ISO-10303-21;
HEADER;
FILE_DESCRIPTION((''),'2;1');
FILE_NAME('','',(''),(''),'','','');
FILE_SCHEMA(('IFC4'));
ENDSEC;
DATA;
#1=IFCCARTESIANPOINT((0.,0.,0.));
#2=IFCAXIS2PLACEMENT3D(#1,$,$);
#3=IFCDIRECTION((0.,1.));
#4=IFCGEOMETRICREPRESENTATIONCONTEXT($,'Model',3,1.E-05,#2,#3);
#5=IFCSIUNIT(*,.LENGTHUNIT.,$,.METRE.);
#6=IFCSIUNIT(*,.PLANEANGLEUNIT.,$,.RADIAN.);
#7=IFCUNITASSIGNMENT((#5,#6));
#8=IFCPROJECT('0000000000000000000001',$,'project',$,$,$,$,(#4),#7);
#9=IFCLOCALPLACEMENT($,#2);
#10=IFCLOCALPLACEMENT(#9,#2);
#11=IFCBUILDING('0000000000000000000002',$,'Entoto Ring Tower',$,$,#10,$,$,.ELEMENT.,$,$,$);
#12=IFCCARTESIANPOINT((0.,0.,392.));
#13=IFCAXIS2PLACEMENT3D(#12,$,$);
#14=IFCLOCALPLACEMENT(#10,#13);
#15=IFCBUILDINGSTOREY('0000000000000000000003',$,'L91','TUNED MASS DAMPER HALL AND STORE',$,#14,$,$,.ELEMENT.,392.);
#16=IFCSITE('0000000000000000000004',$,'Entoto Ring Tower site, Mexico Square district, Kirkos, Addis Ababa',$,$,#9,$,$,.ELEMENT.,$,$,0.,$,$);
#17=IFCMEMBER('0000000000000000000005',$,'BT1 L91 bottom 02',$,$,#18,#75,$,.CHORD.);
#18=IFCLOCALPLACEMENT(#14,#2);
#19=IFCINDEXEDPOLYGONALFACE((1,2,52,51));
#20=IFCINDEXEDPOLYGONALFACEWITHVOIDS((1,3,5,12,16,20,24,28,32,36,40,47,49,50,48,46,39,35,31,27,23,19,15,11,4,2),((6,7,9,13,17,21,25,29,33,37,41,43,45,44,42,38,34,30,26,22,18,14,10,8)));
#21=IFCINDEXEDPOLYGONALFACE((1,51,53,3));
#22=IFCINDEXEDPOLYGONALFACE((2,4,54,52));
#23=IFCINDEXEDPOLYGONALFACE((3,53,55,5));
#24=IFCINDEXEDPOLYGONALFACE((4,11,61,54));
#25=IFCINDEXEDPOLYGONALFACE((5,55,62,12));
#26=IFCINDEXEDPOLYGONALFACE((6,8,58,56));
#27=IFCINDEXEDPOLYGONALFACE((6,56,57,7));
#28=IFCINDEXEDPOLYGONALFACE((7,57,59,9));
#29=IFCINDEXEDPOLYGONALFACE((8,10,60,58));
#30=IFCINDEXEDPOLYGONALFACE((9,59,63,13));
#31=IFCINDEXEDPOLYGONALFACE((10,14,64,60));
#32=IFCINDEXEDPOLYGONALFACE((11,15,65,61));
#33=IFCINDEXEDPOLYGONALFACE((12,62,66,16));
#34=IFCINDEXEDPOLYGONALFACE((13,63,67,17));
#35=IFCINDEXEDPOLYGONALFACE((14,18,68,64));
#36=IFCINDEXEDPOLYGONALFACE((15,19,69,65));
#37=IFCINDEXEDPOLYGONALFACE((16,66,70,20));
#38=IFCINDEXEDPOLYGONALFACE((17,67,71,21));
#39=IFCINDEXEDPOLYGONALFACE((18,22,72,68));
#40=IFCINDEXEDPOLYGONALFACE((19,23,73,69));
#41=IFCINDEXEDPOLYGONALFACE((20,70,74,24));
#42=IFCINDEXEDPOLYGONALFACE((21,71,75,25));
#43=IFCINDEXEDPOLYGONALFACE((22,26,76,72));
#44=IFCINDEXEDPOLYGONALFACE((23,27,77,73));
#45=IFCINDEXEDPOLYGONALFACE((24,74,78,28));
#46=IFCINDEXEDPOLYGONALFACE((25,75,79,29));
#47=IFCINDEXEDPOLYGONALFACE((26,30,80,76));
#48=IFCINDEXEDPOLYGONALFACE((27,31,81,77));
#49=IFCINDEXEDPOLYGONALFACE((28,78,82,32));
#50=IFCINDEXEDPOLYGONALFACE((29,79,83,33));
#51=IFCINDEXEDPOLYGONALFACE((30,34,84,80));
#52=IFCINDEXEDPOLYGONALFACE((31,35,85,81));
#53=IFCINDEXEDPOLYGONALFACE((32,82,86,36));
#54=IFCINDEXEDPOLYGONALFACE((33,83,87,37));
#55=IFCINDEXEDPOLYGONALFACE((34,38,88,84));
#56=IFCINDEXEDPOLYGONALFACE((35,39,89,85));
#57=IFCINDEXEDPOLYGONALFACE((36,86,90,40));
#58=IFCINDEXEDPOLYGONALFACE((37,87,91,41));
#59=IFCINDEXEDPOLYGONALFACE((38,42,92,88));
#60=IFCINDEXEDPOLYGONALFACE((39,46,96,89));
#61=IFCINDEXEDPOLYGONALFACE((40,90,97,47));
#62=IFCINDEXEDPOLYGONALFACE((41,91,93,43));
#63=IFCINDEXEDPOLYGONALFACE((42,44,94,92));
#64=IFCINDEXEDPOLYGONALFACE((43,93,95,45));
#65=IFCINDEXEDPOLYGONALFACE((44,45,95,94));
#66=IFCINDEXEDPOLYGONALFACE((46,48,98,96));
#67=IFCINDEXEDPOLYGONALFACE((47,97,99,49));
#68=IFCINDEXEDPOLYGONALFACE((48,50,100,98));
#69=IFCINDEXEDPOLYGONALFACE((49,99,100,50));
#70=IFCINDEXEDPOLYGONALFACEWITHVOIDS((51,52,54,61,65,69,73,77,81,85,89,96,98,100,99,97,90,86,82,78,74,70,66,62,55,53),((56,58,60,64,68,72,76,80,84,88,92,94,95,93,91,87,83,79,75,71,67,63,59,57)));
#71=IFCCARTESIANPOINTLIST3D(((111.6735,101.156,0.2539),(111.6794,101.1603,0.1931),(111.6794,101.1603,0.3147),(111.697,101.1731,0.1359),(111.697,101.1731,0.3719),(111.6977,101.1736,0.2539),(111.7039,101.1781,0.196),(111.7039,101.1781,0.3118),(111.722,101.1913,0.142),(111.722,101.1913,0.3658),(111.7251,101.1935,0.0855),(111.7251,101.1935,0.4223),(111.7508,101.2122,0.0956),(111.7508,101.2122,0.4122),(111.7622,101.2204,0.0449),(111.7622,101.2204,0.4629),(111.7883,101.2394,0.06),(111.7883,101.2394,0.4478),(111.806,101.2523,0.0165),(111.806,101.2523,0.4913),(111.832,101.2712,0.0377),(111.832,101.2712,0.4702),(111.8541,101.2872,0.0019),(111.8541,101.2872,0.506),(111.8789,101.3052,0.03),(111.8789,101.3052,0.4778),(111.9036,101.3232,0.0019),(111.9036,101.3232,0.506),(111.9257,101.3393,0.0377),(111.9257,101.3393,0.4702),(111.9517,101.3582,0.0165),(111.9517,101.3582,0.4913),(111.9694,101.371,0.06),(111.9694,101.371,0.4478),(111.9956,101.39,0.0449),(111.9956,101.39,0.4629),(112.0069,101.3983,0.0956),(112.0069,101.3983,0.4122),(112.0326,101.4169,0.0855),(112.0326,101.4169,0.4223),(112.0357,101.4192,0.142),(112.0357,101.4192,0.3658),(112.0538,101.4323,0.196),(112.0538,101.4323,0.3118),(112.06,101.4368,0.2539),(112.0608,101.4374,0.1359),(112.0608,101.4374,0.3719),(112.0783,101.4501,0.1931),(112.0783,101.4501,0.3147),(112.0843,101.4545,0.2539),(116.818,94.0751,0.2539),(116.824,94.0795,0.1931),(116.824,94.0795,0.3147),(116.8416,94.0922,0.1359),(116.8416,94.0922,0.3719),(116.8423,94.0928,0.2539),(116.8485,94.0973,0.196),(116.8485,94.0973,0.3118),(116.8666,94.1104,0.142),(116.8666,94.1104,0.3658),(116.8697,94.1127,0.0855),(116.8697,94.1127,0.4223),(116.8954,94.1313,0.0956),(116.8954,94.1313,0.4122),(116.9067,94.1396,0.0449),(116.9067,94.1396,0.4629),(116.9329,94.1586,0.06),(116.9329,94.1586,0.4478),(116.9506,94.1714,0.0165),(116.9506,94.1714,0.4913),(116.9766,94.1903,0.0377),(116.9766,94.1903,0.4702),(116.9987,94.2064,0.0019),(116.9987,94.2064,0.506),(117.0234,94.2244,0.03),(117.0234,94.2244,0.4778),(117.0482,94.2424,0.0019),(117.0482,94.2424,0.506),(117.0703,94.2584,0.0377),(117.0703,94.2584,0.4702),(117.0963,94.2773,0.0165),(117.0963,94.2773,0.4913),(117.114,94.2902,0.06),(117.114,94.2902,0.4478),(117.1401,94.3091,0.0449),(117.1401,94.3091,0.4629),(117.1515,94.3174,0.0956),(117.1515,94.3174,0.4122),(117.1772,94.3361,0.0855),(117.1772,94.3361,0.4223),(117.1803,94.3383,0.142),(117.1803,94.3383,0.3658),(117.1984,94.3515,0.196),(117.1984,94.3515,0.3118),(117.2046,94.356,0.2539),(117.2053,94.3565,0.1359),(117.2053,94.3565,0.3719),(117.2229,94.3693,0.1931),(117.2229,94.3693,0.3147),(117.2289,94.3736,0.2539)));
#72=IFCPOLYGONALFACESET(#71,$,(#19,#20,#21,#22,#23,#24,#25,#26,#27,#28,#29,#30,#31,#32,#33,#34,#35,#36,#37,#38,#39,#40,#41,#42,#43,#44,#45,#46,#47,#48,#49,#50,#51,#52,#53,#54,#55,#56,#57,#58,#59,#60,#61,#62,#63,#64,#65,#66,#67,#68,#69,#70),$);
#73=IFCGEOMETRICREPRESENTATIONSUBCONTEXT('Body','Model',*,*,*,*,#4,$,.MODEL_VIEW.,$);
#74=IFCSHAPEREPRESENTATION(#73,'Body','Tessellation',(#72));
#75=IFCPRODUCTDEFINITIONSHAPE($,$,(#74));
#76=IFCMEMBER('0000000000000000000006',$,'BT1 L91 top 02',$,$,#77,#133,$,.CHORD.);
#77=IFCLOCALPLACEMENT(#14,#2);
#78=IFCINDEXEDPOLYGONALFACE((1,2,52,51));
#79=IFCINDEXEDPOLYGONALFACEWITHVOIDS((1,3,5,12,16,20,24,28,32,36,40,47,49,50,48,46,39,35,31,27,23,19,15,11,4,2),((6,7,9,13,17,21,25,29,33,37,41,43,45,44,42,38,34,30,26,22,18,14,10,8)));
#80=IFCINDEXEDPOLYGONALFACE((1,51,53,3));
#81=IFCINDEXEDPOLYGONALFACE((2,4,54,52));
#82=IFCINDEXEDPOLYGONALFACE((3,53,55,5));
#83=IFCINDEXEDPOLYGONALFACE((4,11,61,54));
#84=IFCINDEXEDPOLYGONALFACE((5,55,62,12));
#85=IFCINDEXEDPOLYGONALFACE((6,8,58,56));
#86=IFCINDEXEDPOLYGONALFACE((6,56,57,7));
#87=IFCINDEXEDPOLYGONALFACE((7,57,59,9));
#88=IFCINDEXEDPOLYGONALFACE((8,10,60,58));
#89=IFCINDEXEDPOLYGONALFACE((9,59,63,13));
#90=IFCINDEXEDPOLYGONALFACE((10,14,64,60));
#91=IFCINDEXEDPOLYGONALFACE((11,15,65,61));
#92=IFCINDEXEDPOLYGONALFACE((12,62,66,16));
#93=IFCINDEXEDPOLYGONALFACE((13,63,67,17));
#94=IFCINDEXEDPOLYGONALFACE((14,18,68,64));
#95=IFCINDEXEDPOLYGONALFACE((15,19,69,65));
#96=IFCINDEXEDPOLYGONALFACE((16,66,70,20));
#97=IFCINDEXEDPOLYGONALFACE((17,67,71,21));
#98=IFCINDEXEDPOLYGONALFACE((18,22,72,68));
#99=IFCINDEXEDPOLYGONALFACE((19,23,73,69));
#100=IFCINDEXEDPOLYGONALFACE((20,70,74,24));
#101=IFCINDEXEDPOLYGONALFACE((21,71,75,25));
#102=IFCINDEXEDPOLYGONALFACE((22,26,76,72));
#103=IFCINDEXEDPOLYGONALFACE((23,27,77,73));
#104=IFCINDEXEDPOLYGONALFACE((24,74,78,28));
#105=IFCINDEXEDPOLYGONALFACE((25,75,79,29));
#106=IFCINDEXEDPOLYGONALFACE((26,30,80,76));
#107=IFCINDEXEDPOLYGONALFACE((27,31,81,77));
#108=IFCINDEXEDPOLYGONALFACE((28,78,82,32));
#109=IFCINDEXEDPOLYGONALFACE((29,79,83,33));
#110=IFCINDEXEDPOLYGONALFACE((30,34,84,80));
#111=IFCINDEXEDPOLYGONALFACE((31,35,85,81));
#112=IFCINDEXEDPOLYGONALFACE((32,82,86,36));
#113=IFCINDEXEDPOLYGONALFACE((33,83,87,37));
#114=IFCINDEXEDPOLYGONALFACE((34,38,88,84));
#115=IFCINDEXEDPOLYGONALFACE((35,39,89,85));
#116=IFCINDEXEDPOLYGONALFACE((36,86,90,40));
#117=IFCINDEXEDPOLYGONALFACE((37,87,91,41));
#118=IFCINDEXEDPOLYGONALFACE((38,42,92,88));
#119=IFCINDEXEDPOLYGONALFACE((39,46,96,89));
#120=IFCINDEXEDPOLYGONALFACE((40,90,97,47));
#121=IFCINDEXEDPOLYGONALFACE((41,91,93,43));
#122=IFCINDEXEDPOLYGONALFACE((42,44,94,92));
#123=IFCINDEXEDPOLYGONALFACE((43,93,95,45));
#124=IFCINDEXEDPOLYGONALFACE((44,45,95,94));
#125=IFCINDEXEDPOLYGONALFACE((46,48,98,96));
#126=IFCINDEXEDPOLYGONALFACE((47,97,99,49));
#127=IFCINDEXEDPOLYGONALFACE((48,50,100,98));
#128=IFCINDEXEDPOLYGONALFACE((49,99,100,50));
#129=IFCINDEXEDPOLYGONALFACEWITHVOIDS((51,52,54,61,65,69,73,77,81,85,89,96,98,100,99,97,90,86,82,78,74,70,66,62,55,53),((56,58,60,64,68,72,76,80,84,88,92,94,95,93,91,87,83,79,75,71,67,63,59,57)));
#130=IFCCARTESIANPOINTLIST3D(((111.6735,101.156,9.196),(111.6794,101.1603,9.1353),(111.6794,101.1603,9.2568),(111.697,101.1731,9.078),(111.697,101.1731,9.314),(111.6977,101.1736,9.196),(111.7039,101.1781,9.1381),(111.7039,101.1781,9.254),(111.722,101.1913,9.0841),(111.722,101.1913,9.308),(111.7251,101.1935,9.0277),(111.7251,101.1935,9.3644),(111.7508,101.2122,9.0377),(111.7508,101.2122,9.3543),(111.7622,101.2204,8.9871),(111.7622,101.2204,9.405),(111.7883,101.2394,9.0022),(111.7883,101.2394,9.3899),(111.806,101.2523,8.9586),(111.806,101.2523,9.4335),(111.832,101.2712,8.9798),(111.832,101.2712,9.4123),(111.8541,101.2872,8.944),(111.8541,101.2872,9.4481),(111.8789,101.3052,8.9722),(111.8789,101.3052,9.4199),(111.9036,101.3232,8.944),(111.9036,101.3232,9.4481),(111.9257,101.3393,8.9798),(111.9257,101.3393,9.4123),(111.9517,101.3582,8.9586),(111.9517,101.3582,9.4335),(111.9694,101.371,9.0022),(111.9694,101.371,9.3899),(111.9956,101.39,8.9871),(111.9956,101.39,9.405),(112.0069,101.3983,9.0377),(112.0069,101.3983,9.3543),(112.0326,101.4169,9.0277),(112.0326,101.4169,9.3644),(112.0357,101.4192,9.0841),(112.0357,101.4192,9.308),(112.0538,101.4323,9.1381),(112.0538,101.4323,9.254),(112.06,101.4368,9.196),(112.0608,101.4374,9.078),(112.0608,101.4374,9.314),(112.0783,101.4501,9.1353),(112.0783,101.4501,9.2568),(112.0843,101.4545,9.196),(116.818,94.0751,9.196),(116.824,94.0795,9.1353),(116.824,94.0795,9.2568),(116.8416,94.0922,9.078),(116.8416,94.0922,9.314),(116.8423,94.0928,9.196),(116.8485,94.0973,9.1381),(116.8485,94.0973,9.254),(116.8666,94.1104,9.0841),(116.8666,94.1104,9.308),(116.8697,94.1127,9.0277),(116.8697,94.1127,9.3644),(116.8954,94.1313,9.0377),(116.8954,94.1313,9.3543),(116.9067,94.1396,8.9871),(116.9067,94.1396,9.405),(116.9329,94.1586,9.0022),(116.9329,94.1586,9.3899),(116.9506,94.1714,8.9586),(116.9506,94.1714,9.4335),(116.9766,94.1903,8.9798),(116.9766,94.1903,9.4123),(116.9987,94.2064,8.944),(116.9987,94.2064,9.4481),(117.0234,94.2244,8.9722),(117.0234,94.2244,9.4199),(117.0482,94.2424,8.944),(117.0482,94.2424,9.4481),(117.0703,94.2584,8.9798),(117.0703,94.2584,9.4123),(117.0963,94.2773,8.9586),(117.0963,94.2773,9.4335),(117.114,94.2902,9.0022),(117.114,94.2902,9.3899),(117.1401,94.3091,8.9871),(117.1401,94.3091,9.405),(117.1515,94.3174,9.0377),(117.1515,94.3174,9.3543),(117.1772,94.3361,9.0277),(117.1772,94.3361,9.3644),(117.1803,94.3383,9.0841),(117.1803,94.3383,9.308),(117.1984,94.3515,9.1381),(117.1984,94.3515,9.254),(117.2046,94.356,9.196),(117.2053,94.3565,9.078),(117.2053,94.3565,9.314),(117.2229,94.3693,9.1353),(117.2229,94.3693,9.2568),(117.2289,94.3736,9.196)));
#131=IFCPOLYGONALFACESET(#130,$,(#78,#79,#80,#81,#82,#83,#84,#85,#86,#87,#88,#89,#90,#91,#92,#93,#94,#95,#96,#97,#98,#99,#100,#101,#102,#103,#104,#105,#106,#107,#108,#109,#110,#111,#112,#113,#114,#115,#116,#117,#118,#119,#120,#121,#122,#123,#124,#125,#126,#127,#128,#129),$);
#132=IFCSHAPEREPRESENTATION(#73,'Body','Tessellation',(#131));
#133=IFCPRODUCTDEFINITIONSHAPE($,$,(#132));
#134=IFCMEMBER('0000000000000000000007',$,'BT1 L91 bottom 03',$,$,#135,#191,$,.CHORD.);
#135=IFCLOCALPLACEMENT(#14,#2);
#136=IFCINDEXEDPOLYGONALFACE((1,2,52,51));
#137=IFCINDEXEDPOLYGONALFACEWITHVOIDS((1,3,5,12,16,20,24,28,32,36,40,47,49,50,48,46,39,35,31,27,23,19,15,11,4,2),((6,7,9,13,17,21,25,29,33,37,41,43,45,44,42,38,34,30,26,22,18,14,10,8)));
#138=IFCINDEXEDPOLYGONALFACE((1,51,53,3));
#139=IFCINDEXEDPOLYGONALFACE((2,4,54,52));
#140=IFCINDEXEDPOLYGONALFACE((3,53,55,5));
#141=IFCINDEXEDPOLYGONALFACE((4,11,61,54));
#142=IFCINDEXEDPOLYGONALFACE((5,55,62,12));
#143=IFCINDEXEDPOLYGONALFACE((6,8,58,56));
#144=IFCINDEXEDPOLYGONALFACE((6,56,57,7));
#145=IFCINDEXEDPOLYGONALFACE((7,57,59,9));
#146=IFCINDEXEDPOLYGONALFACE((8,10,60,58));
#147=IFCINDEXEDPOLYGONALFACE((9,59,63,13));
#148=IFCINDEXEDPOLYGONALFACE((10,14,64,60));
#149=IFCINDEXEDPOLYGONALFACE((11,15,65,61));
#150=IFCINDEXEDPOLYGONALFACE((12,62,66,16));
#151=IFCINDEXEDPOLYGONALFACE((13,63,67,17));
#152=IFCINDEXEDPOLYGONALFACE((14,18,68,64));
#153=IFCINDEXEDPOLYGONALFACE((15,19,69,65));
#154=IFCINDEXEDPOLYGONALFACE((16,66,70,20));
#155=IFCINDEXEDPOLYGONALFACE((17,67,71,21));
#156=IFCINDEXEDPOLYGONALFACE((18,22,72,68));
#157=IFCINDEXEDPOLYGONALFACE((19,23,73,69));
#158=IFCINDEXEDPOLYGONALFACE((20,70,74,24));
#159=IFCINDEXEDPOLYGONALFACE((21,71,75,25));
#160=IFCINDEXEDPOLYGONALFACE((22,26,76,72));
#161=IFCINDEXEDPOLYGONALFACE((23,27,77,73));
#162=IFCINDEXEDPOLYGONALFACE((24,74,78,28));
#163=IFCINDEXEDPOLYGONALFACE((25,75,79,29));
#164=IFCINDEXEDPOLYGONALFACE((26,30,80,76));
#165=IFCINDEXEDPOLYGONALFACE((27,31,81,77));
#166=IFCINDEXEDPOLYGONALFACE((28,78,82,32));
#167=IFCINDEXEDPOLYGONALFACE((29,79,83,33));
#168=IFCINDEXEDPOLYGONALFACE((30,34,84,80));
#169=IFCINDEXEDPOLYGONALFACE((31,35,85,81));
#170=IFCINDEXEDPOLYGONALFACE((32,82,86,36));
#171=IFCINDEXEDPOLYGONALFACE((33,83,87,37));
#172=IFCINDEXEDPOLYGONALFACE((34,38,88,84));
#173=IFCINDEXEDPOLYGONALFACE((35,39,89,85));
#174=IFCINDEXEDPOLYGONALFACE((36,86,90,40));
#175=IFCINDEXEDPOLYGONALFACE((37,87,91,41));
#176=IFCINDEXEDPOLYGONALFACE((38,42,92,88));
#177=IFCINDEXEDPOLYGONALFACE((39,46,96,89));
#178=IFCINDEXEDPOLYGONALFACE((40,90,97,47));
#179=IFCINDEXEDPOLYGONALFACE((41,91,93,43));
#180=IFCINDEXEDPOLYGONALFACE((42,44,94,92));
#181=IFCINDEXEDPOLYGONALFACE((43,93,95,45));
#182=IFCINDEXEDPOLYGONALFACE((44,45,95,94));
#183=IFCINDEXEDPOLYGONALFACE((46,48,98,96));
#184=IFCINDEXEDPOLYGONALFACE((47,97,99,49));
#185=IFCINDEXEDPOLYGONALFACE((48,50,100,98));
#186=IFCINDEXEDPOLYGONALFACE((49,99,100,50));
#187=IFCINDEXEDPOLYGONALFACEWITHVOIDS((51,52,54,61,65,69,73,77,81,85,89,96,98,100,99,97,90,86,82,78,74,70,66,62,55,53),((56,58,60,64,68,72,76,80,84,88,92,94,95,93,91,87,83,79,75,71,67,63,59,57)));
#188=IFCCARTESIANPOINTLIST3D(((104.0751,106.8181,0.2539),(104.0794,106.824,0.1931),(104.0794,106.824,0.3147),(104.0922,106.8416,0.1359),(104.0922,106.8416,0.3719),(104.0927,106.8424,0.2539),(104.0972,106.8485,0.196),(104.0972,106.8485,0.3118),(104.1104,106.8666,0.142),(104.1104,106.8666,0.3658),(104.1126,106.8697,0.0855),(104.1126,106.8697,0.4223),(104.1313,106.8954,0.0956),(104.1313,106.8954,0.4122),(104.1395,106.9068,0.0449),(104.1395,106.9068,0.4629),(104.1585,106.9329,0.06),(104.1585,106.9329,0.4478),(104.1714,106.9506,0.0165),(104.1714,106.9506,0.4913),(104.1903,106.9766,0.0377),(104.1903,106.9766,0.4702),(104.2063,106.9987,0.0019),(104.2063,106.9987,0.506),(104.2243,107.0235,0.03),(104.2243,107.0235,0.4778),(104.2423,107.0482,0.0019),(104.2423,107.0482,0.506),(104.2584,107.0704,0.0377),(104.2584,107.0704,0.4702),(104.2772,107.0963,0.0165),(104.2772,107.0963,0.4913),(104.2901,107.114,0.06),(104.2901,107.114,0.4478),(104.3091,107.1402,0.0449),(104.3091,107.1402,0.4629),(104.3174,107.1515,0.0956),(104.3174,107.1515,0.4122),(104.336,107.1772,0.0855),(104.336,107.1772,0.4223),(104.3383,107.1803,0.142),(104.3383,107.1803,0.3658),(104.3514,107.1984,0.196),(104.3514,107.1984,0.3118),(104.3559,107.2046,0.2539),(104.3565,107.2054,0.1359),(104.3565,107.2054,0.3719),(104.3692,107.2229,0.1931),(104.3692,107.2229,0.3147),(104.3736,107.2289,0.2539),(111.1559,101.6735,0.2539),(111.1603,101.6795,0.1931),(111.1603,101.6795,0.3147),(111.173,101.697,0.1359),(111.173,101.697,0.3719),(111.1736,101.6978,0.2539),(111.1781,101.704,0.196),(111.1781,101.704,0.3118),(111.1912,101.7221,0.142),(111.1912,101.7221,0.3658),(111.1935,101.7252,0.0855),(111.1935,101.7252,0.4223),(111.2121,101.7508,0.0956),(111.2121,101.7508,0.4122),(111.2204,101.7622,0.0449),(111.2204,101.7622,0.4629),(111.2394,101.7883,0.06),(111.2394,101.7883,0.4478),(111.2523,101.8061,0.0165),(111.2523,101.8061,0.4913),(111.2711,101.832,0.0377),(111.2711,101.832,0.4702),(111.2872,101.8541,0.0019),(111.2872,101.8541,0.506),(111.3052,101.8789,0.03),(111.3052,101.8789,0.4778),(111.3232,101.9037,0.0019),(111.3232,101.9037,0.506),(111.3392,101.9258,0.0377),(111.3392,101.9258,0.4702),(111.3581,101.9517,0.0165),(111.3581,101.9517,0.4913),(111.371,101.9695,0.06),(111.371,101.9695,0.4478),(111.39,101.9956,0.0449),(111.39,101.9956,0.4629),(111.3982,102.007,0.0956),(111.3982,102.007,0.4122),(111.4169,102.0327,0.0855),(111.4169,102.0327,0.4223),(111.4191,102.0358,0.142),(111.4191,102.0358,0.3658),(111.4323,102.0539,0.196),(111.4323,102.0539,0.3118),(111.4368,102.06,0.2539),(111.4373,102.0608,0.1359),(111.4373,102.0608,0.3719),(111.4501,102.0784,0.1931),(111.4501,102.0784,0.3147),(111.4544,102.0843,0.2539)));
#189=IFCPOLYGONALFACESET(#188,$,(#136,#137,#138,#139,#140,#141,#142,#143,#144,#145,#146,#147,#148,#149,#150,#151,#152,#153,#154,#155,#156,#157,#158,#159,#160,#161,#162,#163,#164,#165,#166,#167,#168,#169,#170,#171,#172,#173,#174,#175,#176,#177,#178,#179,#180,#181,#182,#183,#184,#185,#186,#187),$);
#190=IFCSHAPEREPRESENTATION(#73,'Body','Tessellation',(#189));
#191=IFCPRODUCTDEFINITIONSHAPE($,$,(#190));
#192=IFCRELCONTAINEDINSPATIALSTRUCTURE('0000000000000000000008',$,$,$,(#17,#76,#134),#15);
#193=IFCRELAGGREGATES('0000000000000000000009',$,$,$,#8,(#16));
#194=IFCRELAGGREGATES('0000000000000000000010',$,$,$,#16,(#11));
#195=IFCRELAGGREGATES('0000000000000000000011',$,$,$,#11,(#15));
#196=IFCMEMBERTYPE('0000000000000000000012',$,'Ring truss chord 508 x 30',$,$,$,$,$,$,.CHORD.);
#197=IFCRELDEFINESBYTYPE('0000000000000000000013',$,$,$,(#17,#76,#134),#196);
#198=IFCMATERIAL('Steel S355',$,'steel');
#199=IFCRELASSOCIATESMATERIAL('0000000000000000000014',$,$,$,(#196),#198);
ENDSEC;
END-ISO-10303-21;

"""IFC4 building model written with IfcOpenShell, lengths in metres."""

from ifc_helpers import new_model, si_unit, direction, frame, origin, origin_2d, place, context, subcontext, project, spatial, circle, hollow_circle, extrude, material, material_profile, profile_set, type_object, element, save


model = new_model("IFC4")

# Units and contexts
model_context = context("Model", 3, precision=1e-05, world=origin(), true_north=direction((0.0, 1.0)))
body_context = subcontext(model_context, "Body", "Model", "MODEL_VIEW")
ifc_project = project(units=[si_unit("LENGTHUNIT", "METRE"), si_unit("PLANEANGLEUNIT", "RADIAN")], contexts=[model_context])

# Site, building, storey
site_placement = place(None, origin())
site = spatial("IfcSite", under=ifc_project, at=site_placement, Name="Entoto Ring Tower site, Mexico Square district, Kirkos, Addis Ababa", CompositionType="ELEMENT", RefElevation=0.0)
building_placement = place(site_placement, origin())
building = spatial("IfcBuilding", under=site, at=building_placement, Name="Entoto Ring Tower", CompositionType="ELEMENT")
storey_placement = place(building_placement, frame((0.0, 0.0, 392.0)))
storey = spatial("IfcBuildingStorey", under=building, at=storey_placement, Name="L91", Description="TUNED MASS DAMPER HALL AND STORE", CompositionType="ELEMENT", Elevation=392.0)

# Members
ifc_material_1 = material(Name="Steel S355", Category="steel")
ifc_material_profile_1 = material_profile(ifc_material_1, hollow_circle(Radius=0.2539, WallThickness=0.03, at=origin_2d()), Name="CHS 508 x 30")
ifc_material_2 = material(Name="Concrete C60/75", Category="concrete")
ifc_material_profile_2 = material_profile(ifc_material_2, circle(Radius=0.2241, at=origin_2d()), Name="Concrete C60/75 infill")
ifc_profile_set_1 = profile_set([ifc_material_profile_1, ifc_material_profile_2], Name="Steel S355")
member_type_1 = type_object("IfcMemberType", Name="Ring truss chord 508 x 30", PredefinedType="CHORD", material=ifc_profile_set_1)
for number, where, z_axis, x_axis, name in (
    (1, (117.0234, 94.2244, 0.2539), (-0.587787, 0.809016, 0.0), (-0.809016, -0.587787, 0.0), "BT1 L91 bottom 02"),
    (2, (117.0234, 94.2244, 9.196), (-0.587787, 0.809016, 0.0), (-0.809016, -0.587787, 0.0), "BT1 L91 top 02"),
    (3, (111.3052, 101.8789, 0.2539), (-0.809016, 0.587787, 0.0), (-0.587787, -0.809016, 0.0), "BT1 L91 bottom 03"),
):
    element("IfcMember", number, at=place(storey_placement, frame(where, z_axis=z_axis, x_axis=x_axis)), inside=storey, type_object=member_type_1, Name=name, PredefinedType="CHORD", context=body_context, shape_type="SweptSolid", body=[
        extrude(hollow_circle(Radius=0.2539, WallThickness=0.03, at=origin_2d()), origin(), (0.0, 0.0, 1.0), 8.7524),
    ])

save(model, "model.ifc")
